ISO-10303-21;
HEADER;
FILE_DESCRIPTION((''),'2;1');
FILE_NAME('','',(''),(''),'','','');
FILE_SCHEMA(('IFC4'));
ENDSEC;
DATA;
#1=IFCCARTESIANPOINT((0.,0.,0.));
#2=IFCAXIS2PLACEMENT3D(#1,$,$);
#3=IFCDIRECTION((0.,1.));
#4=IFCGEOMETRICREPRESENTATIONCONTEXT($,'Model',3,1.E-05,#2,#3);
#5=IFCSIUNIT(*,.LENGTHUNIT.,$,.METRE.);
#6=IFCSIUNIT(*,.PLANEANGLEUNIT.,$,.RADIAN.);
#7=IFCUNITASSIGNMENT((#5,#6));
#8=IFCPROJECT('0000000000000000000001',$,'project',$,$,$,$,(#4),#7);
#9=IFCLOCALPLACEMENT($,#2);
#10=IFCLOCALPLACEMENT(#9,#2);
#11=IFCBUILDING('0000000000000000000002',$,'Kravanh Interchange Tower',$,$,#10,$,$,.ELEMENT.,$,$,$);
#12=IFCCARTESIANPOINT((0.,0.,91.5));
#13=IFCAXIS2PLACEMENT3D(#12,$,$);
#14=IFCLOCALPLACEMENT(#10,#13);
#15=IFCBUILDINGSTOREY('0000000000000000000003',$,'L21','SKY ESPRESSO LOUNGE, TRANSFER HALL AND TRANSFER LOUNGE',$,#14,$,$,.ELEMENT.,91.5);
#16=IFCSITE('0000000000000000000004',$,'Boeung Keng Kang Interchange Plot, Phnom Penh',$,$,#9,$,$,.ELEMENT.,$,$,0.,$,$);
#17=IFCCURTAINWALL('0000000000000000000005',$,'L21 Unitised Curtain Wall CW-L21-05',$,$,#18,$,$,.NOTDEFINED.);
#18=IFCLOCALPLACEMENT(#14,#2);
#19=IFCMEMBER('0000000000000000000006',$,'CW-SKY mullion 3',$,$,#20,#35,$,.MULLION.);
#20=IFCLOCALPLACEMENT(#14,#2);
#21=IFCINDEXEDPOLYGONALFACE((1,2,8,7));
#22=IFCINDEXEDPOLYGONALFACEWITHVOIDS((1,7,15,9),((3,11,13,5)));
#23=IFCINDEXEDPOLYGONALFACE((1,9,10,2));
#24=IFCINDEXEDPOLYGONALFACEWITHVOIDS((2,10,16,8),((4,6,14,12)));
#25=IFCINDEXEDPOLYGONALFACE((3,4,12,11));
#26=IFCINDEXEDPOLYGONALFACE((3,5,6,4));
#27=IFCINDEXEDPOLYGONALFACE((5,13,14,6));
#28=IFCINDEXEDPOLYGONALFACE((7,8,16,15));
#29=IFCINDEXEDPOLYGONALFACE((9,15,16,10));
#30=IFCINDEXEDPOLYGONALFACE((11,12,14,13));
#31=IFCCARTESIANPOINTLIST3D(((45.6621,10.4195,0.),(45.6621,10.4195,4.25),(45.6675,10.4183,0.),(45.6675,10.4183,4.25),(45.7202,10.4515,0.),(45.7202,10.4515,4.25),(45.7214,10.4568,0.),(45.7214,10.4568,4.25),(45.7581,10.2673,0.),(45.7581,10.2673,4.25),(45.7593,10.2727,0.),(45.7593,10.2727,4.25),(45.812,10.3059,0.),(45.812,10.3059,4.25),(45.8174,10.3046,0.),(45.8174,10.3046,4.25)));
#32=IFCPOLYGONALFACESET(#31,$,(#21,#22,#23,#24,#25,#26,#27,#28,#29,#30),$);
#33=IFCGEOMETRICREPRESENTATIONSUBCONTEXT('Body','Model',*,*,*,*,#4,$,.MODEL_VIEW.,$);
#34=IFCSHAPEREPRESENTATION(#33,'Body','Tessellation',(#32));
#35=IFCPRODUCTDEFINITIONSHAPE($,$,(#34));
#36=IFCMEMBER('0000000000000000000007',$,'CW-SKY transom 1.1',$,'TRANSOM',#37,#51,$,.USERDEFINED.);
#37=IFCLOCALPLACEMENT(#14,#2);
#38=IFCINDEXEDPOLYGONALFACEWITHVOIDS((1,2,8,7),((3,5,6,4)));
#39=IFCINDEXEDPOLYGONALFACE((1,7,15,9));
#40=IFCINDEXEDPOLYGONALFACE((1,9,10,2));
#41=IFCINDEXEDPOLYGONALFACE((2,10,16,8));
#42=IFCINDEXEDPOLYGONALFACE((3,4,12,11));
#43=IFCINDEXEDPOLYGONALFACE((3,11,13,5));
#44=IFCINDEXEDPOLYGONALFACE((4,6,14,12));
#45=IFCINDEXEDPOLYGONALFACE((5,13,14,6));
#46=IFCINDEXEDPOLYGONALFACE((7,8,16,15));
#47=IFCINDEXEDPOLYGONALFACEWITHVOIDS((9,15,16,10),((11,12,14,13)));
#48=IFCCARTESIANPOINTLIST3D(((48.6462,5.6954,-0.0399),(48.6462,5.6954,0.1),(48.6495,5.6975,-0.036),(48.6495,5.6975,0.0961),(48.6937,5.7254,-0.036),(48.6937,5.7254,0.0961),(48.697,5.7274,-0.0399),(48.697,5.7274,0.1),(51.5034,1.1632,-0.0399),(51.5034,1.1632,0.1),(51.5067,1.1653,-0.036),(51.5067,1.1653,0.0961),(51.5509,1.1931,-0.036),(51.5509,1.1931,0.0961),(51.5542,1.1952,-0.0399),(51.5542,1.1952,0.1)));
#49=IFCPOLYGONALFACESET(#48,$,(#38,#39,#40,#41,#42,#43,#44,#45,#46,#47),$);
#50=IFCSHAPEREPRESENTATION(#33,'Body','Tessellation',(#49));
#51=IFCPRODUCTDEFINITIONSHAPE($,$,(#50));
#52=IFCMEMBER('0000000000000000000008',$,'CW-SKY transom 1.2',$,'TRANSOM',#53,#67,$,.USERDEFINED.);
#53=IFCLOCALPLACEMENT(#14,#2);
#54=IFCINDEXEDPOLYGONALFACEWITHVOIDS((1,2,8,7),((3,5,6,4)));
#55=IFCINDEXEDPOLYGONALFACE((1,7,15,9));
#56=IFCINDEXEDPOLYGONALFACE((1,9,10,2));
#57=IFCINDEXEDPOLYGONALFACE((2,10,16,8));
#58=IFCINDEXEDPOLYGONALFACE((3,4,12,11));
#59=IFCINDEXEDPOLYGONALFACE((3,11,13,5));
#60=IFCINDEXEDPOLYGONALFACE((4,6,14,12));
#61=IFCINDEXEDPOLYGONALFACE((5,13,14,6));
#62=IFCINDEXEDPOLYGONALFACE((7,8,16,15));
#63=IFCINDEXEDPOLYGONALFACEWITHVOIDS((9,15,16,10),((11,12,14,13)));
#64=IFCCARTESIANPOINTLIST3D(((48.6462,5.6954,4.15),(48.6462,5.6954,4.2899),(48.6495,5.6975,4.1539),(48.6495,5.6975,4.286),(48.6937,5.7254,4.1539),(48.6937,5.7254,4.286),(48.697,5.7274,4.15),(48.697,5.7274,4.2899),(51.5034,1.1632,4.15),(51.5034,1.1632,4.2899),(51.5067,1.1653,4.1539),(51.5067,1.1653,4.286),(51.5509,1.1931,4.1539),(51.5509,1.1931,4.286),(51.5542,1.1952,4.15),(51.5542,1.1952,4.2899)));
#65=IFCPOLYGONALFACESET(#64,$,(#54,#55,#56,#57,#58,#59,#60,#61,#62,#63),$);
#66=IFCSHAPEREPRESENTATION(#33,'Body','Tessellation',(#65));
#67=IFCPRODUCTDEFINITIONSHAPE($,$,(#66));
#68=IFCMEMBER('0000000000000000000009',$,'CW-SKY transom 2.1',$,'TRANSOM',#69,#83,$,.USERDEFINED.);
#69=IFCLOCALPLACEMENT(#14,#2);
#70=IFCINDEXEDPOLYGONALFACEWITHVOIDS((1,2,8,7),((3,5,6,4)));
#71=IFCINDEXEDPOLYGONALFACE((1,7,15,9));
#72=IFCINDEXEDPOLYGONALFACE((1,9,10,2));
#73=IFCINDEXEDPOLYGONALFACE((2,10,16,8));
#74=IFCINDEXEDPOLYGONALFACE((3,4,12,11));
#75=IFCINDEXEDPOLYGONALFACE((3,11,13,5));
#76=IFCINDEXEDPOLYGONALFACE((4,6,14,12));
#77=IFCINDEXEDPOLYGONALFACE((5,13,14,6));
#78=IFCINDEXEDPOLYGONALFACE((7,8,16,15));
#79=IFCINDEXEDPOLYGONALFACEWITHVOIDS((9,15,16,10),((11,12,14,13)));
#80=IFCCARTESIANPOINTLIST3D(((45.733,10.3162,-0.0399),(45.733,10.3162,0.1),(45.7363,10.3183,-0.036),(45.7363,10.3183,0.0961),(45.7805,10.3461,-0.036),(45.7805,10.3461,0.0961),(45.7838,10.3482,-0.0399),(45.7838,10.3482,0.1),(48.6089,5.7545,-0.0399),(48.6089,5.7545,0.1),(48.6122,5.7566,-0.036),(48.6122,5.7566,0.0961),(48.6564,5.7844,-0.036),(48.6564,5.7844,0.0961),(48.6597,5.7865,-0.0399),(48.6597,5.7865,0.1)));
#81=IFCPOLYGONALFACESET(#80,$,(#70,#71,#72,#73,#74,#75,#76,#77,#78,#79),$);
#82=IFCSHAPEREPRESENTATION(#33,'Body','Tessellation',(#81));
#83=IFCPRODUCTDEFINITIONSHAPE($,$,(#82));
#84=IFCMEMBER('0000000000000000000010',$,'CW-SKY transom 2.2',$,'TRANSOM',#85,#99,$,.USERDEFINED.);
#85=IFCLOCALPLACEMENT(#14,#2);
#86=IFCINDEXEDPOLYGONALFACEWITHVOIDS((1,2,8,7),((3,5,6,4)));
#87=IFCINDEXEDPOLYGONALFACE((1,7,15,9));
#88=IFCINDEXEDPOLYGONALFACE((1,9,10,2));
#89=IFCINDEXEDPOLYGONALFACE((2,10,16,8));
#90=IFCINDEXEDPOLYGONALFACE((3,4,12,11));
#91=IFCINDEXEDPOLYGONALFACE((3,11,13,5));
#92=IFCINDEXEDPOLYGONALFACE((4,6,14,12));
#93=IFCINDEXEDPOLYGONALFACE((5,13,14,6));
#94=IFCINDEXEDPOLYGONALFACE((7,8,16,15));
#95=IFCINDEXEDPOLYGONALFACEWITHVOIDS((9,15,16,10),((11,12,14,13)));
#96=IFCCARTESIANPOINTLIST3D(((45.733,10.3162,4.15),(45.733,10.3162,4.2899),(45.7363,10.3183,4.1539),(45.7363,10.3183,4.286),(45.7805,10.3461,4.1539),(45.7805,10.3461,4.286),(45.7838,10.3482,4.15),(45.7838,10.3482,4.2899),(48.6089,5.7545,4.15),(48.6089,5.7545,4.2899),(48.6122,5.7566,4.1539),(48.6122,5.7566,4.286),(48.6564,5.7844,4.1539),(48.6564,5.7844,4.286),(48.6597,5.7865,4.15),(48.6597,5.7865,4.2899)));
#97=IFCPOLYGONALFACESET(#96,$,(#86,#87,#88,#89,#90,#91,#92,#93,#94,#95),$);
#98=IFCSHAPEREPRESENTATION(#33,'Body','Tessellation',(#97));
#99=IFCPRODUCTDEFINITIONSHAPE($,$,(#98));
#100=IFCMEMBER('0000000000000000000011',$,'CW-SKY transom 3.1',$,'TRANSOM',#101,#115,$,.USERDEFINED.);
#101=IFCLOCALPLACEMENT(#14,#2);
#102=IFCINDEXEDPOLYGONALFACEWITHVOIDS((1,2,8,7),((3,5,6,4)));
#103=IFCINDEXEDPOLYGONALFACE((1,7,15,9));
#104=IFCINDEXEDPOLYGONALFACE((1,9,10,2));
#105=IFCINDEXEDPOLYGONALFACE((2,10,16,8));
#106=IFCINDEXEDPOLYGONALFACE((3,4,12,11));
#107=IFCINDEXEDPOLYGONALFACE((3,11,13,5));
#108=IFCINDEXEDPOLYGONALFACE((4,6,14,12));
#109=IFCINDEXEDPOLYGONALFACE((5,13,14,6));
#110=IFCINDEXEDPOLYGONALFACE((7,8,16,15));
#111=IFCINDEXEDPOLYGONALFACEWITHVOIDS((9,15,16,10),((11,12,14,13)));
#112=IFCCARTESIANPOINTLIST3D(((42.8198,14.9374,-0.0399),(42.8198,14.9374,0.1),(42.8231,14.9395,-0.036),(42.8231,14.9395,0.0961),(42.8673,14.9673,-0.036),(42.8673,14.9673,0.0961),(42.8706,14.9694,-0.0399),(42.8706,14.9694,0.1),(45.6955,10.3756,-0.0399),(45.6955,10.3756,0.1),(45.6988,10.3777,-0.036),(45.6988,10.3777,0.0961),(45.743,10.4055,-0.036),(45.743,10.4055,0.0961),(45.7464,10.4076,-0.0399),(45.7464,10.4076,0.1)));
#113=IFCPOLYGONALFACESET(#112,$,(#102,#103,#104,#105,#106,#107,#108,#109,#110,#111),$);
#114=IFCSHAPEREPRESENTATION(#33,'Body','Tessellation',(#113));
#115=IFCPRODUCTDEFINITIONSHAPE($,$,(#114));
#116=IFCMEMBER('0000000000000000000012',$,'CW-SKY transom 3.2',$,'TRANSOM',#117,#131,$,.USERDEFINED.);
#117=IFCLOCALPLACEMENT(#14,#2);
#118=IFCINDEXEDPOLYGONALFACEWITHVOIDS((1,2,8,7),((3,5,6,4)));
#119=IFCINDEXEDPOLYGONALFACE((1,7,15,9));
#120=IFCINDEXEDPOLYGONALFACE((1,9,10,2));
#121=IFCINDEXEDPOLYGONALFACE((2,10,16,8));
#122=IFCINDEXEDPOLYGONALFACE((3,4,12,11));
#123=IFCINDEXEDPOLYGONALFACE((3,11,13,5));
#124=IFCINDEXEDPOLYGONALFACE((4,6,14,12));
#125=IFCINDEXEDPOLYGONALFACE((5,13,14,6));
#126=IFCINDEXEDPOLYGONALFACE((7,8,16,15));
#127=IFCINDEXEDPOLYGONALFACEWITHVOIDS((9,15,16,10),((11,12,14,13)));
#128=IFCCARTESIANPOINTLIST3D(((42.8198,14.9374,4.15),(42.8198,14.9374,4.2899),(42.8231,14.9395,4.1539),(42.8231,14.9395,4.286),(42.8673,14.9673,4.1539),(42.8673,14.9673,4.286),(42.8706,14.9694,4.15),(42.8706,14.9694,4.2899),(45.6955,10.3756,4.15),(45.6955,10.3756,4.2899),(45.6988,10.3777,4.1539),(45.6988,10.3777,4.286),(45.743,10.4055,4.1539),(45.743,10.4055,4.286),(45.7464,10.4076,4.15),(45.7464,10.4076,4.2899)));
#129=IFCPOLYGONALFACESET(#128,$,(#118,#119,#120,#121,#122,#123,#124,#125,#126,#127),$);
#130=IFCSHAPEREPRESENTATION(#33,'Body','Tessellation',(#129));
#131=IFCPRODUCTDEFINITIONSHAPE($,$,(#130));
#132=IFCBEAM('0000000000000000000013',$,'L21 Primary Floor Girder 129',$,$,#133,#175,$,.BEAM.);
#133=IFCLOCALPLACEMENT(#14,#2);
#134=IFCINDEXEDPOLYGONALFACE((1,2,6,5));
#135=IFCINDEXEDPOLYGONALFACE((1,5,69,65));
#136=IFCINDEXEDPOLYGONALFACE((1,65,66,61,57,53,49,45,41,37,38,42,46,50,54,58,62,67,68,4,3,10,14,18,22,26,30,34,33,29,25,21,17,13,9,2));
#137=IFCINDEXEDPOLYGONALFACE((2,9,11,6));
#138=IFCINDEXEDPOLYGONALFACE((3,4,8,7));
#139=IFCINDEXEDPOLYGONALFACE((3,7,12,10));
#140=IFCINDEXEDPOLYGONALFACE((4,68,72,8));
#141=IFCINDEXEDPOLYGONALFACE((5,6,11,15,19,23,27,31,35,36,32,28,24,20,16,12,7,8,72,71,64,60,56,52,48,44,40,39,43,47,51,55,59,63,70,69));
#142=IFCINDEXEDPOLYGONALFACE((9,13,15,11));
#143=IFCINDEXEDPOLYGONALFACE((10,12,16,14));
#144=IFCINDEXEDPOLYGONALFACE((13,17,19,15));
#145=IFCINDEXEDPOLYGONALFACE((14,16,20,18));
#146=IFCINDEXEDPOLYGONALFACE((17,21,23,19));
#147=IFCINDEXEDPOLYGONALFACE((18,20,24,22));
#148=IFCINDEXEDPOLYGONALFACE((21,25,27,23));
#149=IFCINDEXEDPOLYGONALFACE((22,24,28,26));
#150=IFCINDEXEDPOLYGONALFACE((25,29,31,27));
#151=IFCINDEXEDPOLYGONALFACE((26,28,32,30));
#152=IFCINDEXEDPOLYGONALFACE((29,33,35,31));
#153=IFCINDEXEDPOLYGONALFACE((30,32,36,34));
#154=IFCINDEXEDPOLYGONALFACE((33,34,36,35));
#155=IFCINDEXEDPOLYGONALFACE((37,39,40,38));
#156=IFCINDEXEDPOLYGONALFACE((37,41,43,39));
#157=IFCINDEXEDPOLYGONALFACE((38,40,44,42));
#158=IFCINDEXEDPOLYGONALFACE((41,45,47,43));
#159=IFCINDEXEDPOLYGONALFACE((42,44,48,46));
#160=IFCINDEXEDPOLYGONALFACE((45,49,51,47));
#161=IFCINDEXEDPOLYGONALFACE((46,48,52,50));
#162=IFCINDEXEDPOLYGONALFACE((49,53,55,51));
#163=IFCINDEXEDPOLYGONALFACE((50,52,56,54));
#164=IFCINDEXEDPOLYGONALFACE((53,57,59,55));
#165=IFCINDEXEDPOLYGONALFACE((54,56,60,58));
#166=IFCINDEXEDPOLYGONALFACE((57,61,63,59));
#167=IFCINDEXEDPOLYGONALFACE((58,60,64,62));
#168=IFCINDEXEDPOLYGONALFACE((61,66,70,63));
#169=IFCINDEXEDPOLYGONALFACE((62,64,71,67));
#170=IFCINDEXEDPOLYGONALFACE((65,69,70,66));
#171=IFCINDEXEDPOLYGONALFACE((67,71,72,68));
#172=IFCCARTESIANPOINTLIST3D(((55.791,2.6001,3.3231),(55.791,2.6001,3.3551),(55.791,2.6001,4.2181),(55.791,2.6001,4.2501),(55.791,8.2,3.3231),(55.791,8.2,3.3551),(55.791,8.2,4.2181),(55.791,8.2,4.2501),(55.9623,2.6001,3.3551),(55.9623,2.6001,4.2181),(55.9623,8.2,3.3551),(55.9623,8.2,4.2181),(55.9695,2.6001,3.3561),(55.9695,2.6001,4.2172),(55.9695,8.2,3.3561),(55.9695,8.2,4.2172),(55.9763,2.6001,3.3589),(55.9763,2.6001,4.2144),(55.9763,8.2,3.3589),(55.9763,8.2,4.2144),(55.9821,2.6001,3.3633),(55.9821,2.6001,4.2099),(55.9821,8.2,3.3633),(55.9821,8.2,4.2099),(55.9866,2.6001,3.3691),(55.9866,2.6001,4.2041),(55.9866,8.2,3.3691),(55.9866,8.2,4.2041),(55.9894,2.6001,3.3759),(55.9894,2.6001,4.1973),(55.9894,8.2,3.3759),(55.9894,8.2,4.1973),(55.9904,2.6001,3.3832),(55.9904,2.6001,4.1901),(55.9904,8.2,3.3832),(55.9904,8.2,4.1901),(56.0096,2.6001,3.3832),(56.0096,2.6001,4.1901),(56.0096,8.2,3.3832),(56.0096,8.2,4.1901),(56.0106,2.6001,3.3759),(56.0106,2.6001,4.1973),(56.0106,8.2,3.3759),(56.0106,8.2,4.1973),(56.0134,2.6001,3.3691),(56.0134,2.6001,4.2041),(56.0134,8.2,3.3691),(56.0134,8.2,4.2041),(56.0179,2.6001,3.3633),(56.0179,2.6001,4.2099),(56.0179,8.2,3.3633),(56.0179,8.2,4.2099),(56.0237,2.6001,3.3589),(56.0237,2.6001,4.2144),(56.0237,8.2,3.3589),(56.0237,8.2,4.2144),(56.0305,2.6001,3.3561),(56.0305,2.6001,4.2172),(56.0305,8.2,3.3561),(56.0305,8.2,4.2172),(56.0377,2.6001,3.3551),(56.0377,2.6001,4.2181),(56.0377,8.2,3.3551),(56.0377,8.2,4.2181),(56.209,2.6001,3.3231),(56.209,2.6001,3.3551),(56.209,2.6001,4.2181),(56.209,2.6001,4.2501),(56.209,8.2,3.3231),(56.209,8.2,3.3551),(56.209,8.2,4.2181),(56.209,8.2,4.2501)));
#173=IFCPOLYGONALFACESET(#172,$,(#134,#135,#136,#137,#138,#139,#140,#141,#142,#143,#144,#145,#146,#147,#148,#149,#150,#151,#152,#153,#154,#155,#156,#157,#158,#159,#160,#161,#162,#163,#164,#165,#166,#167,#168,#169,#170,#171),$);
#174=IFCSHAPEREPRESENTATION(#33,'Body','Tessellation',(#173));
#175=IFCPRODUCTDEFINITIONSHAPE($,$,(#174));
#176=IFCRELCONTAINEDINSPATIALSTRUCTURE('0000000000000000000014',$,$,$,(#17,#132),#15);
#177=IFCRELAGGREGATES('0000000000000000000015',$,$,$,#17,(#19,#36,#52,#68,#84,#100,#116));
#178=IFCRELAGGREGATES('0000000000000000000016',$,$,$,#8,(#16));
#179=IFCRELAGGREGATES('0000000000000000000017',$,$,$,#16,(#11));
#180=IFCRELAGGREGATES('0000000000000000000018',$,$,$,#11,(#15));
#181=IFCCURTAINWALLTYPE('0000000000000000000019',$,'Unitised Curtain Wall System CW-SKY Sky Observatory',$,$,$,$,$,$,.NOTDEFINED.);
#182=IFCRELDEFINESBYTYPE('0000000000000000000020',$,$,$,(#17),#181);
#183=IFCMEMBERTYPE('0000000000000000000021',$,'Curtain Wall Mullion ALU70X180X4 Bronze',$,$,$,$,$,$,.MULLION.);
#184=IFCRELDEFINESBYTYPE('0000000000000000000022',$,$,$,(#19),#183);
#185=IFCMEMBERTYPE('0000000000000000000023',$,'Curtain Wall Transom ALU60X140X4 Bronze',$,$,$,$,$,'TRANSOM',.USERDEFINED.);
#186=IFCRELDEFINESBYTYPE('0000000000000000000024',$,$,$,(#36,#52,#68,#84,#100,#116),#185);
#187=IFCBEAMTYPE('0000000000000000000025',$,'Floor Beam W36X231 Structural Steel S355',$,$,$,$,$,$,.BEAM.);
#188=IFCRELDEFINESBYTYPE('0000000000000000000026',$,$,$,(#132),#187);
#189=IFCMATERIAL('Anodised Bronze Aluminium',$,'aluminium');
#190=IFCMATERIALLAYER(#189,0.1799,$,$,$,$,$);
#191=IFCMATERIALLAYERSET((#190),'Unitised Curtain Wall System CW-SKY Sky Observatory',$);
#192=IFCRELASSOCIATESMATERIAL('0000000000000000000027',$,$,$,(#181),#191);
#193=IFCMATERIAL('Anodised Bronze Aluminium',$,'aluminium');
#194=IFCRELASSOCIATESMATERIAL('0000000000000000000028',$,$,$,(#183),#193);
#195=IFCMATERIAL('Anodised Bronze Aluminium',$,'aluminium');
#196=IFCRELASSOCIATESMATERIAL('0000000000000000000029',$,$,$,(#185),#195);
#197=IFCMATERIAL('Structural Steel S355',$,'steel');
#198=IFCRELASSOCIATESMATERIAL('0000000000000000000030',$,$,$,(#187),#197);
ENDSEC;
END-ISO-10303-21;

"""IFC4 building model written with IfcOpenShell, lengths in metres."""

from ifc_helpers import new_model, si_unit, direction, frame, origin, origin_2d, place, context, subcontext, project, spatial, hollow_rectangle, i_section, extrude, material, layer, layer_set, material_profile, profile_set, type_object, element, aggregate, save


model = new_model("IFC4")

# Units and contexts
model_context = context("Model", 3, precision=1e-05, world=origin(), true_north=direction((0.0, 1.0)))
body_context = subcontext(model_context, "Body", "Model", "MODEL_VIEW")
ifc_project = project(units=[si_unit("LENGTHUNIT", "METRE"), si_unit("PLANEANGLEUNIT", "RADIAN")], contexts=[model_context])

# Site, building, storey
site_placement = place(None, origin())
site = spatial("IfcSite", under=ifc_project, at=site_placement, Name="Boeung Keng Kang Interchange Plot, Phnom Penh", CompositionType="ELEMENT", RefElevation=0.0)
building_placement = place(site_placement, origin())
building = spatial("IfcBuilding", under=site, at=building_placement, Name="Kravanh Interchange Tower", CompositionType="ELEMENT")
storey_placement = place(building_placement, frame((0.0, 0.0, 91.5)))
storey = spatial("IfcBuildingStorey", under=building, at=storey_placement, Name="L21", Description="SKY ESPRESSO LOUNGE, TRANSFER HALL AND TRANSFER LOUNGE", CompositionType="ELEMENT", Elevation=91.5)

# Shared definitions
ifc_material_1 = material(Name="Anodised Bronze Aluminium", Category="aluminium")
ifc_layer_1 = layer(ifc_material_1, 0.1799)
ifc_layer_set_1 = layer_set([ifc_layer_1], Name="Unitised Curtain Wall System CW-SKY Sky Observatory")
curtain_wall_type = type_object("IfcCurtainWallType", Name="Unitised Curtain Wall System CW-SKY Sky Observatory", PredefinedType="NOTDEFINED", material=ifc_layer_set_1)
ifc_material_2 = material(Name="Anodised Bronze Aluminium", Category="aluminium")
ifc_material_profile_1 = material_profile(ifc_material_2, hollow_rectangle(XDim=0.0701, YDim=0.1799, WallThickness=0.0039, at=origin_2d()), Name="ALU70X180X4")
ifc_profile_set_1 = profile_set([ifc_material_profile_1], Name="Anodised Bronze Aluminium")
member_type_1 = type_object("IfcMemberType", Name="Curtain Wall Mullion ALU70X180X4 Bronze", PredefinedType="MULLION", material=ifc_profile_set_1)

# Curtain wall, members
curtain_wall_1_placement = place(storey_placement, origin())
curtain_wall_1 = element("IfcCurtainWall", 1, at=curtain_wall_1_placement, inside=storey, type_object=curtain_wall_type, Name="L21 Unitised Curtain Wall CW-L21-05", PredefinedType="NOTDEFINED")
member_1_placement = place(storey_placement, frame((45.7397, 10.3621, 0.0), z_axis=(0.0, 0.0, 1.0), x_axis=(-0.845926, -0.533301, 0.0)))
member_1 = element("IfcMember", 2, at=member_1_placement, type_object=member_type_1, Name="CW-SKY mullion 3", PredefinedType="MULLION", context=body_context, shape_type="SweptSolid", body=[
    extrude(hollow_rectangle(XDim=0.0701, YDim=0.1799, WallThickness=0.0039, at=origin_2d()), origin(), (0.0, 0.0, 1.0), 4.25),
])
ifc_material_3 = material(Name="Anodised Bronze Aluminium", Category="aluminium")
ifc_material_profile_2 = material_profile(ifc_material_3, hollow_rectangle(XDim=0.0601, YDim=0.1399, WallThickness=0.0039, at=origin_2d()), Name="ALU60X140X4")
ifc_profile_set_2 = profile_set([ifc_material_profile_2], Name="Anodised Bronze Aluminium")
member_type_2 = type_object("IfcMemberType", Name="Curtain Wall Transom ALU60X140X4 Bronze", ElementType="TRANSOM", PredefinedType="USERDEFINED", material=ifc_profile_set_2)
member_2_placement = place(storey_placement, frame((51.5288, 1.1792, 0.03), z_axis=(-0.533288, 0.845934, 0.0), x_axis=(-0.845934, -0.533288, 0.0)))
member_2 = element("IfcMember", 3, at=member_2_placement, type_object=member_type_2, Name="CW-SKY transom 1.1", ObjectType="TRANSOM", PredefinedType="USERDEFINED", context=body_context, shape_type="SweptSolid", body=[
    extrude(hollow_rectangle(XDim=0.0601, YDim=0.1399, WallThickness=0.0039, at=origin_2d()), origin(), (0.0, 0.0, 1.0), 5.3577),
])
member_3_placement = place(storey_placement, frame((51.5288, 1.1792, 4.22), z_axis=(-0.533288, 0.845934, 0.0), x_axis=(-0.845934, -0.533288, 0.0)))
member_3 = element("IfcMember", 4, at=member_3_placement, type_object=member_type_2, Name="CW-SKY transom 1.2", ObjectType="TRANSOM", PredefinedType="USERDEFINED", context=body_context, shape_type="SweptSolid", body=[
    extrude(hollow_rectangle(XDim=0.0601, YDim=0.1399, WallThickness=0.0039, at=origin_2d()), origin(), (0.0, 0.0, 1.0), 5.3577),
])
member_4_placement = place(storey_placement, frame((48.6343, 5.7705, 0.03), z_axis=(-0.533311, 0.845919, 0.0), x_axis=(-0.845919, -0.533311, 0.0)))
member_4 = element("IfcMember", 5, at=member_4_placement, type_object=member_type_2, Name="CW-SKY transom 2.1", ObjectType="TRANSOM", PredefinedType="USERDEFINED", context=body_context, shape_type="SweptSolid", body=[
    extrude(hollow_rectangle(XDim=0.0601, YDim=0.1399, WallThickness=0.0039, at=origin_2d()), origin(), (0.0, 0.0, 1.0), 5.3926),
])
member_5_placement = place(storey_placement, frame((48.6343, 5.7705, 4.22), z_axis=(-0.533311, 0.845919, 0.0), x_axis=(-0.845919, -0.533311, 0.0)))
member_5 = element("IfcMember", 6, at=member_5_placement, type_object=member_type_2, Name="CW-SKY transom 2.2", ObjectType="TRANSOM", PredefinedType="USERDEFINED", context=body_context, shape_type="SweptSolid", body=[
    extrude(hollow_rectangle(XDim=0.0601, YDim=0.1399, WallThickness=0.0039, at=origin_2d()), origin(), (0.0, 0.0, 1.0), 5.3926),
])
member_6_placement = place(storey_placement, frame((45.7209, 10.3916, 0.03), z_axis=(-0.533279, 0.845939, 0.0), x_axis=(-0.845939, -0.533279, 0.0)))
member_6 = element("IfcMember", 7, at=member_6_placement, type_object=member_type_2, Name="CW-SKY transom 3.1", ObjectType="TRANSOM", PredefinedType="USERDEFINED", context=body_context, shape_type="SweptSolid", body=[
    extrude(hollow_rectangle(XDim=0.0601, YDim=0.1399, WallThickness=0.0039, at=origin_2d()), origin(), (0.0, 0.0, 1.0), 5.3926),
])
member_7_placement = place(storey_placement, frame((45.7209, 10.3916, 4.22), z_axis=(-0.533279, 0.845939, 0.0), x_axis=(-0.845939, -0.533279, 0.0)))
member_7 = element("IfcMember", 8, at=member_7_placement, type_object=member_type_2, Name="CW-SKY transom 3.2", ObjectType="TRANSOM", PredefinedType="USERDEFINED", context=body_context, shape_type="SweptSolid", body=[
    extrude(hollow_rectangle(XDim=0.0601, YDim=0.1399, WallThickness=0.0039, at=origin_2d()), origin(), (0.0, 0.0, 1.0), 5.3926),
])

# Beam
ifc_material_4 = material(Name="Structural Steel S355", Category="steel")
ifc_material_profile_3 = material_profile(ifc_material_4, i_section(OverallWidth=0.418, OverallDepth=0.927, WebThickness=0.0193, FlangeThickness=0.032, FilletRadius=0.0281, at=origin_2d()), Name="W36X231")
ifc_profile_set_3 = profile_set([ifc_material_profile_3], Name="Structural Steel S355")
beam_type_1 = type_object("IfcBeamType", Name="Floor Beam W36X231 Structural Steel S355", PredefinedType="BEAM", material=ifc_profile_set_3)
beam_1_placement = place(storey_placement, frame((56.0, 2.6001, 3.7866), z_axis=(0.0, 1.0, 0.0), x_axis=(-1.0, 0.0, 0.0)))
element("IfcBeam", 9, at=beam_1_placement, inside=storey, type_object=beam_type_1, Name="L21 Primary Floor Girder 129", PredefinedType="BEAM", context=body_context, shape_type="SweptSolid", body=[
    extrude(i_section(OverallWidth=0.418, OverallDepth=0.927, WebThickness=0.0193, FlangeThickness=0.032, FilletRadius=0.0281, at=origin_2d()), origin(), (0.0, 0.0, 1.0), 5.5999),
])

aggregate(curtain_wall_1, [member_1, member_2, member_3, member_4, member_5, member_6, member_7])

save(model, "model.ifc")
